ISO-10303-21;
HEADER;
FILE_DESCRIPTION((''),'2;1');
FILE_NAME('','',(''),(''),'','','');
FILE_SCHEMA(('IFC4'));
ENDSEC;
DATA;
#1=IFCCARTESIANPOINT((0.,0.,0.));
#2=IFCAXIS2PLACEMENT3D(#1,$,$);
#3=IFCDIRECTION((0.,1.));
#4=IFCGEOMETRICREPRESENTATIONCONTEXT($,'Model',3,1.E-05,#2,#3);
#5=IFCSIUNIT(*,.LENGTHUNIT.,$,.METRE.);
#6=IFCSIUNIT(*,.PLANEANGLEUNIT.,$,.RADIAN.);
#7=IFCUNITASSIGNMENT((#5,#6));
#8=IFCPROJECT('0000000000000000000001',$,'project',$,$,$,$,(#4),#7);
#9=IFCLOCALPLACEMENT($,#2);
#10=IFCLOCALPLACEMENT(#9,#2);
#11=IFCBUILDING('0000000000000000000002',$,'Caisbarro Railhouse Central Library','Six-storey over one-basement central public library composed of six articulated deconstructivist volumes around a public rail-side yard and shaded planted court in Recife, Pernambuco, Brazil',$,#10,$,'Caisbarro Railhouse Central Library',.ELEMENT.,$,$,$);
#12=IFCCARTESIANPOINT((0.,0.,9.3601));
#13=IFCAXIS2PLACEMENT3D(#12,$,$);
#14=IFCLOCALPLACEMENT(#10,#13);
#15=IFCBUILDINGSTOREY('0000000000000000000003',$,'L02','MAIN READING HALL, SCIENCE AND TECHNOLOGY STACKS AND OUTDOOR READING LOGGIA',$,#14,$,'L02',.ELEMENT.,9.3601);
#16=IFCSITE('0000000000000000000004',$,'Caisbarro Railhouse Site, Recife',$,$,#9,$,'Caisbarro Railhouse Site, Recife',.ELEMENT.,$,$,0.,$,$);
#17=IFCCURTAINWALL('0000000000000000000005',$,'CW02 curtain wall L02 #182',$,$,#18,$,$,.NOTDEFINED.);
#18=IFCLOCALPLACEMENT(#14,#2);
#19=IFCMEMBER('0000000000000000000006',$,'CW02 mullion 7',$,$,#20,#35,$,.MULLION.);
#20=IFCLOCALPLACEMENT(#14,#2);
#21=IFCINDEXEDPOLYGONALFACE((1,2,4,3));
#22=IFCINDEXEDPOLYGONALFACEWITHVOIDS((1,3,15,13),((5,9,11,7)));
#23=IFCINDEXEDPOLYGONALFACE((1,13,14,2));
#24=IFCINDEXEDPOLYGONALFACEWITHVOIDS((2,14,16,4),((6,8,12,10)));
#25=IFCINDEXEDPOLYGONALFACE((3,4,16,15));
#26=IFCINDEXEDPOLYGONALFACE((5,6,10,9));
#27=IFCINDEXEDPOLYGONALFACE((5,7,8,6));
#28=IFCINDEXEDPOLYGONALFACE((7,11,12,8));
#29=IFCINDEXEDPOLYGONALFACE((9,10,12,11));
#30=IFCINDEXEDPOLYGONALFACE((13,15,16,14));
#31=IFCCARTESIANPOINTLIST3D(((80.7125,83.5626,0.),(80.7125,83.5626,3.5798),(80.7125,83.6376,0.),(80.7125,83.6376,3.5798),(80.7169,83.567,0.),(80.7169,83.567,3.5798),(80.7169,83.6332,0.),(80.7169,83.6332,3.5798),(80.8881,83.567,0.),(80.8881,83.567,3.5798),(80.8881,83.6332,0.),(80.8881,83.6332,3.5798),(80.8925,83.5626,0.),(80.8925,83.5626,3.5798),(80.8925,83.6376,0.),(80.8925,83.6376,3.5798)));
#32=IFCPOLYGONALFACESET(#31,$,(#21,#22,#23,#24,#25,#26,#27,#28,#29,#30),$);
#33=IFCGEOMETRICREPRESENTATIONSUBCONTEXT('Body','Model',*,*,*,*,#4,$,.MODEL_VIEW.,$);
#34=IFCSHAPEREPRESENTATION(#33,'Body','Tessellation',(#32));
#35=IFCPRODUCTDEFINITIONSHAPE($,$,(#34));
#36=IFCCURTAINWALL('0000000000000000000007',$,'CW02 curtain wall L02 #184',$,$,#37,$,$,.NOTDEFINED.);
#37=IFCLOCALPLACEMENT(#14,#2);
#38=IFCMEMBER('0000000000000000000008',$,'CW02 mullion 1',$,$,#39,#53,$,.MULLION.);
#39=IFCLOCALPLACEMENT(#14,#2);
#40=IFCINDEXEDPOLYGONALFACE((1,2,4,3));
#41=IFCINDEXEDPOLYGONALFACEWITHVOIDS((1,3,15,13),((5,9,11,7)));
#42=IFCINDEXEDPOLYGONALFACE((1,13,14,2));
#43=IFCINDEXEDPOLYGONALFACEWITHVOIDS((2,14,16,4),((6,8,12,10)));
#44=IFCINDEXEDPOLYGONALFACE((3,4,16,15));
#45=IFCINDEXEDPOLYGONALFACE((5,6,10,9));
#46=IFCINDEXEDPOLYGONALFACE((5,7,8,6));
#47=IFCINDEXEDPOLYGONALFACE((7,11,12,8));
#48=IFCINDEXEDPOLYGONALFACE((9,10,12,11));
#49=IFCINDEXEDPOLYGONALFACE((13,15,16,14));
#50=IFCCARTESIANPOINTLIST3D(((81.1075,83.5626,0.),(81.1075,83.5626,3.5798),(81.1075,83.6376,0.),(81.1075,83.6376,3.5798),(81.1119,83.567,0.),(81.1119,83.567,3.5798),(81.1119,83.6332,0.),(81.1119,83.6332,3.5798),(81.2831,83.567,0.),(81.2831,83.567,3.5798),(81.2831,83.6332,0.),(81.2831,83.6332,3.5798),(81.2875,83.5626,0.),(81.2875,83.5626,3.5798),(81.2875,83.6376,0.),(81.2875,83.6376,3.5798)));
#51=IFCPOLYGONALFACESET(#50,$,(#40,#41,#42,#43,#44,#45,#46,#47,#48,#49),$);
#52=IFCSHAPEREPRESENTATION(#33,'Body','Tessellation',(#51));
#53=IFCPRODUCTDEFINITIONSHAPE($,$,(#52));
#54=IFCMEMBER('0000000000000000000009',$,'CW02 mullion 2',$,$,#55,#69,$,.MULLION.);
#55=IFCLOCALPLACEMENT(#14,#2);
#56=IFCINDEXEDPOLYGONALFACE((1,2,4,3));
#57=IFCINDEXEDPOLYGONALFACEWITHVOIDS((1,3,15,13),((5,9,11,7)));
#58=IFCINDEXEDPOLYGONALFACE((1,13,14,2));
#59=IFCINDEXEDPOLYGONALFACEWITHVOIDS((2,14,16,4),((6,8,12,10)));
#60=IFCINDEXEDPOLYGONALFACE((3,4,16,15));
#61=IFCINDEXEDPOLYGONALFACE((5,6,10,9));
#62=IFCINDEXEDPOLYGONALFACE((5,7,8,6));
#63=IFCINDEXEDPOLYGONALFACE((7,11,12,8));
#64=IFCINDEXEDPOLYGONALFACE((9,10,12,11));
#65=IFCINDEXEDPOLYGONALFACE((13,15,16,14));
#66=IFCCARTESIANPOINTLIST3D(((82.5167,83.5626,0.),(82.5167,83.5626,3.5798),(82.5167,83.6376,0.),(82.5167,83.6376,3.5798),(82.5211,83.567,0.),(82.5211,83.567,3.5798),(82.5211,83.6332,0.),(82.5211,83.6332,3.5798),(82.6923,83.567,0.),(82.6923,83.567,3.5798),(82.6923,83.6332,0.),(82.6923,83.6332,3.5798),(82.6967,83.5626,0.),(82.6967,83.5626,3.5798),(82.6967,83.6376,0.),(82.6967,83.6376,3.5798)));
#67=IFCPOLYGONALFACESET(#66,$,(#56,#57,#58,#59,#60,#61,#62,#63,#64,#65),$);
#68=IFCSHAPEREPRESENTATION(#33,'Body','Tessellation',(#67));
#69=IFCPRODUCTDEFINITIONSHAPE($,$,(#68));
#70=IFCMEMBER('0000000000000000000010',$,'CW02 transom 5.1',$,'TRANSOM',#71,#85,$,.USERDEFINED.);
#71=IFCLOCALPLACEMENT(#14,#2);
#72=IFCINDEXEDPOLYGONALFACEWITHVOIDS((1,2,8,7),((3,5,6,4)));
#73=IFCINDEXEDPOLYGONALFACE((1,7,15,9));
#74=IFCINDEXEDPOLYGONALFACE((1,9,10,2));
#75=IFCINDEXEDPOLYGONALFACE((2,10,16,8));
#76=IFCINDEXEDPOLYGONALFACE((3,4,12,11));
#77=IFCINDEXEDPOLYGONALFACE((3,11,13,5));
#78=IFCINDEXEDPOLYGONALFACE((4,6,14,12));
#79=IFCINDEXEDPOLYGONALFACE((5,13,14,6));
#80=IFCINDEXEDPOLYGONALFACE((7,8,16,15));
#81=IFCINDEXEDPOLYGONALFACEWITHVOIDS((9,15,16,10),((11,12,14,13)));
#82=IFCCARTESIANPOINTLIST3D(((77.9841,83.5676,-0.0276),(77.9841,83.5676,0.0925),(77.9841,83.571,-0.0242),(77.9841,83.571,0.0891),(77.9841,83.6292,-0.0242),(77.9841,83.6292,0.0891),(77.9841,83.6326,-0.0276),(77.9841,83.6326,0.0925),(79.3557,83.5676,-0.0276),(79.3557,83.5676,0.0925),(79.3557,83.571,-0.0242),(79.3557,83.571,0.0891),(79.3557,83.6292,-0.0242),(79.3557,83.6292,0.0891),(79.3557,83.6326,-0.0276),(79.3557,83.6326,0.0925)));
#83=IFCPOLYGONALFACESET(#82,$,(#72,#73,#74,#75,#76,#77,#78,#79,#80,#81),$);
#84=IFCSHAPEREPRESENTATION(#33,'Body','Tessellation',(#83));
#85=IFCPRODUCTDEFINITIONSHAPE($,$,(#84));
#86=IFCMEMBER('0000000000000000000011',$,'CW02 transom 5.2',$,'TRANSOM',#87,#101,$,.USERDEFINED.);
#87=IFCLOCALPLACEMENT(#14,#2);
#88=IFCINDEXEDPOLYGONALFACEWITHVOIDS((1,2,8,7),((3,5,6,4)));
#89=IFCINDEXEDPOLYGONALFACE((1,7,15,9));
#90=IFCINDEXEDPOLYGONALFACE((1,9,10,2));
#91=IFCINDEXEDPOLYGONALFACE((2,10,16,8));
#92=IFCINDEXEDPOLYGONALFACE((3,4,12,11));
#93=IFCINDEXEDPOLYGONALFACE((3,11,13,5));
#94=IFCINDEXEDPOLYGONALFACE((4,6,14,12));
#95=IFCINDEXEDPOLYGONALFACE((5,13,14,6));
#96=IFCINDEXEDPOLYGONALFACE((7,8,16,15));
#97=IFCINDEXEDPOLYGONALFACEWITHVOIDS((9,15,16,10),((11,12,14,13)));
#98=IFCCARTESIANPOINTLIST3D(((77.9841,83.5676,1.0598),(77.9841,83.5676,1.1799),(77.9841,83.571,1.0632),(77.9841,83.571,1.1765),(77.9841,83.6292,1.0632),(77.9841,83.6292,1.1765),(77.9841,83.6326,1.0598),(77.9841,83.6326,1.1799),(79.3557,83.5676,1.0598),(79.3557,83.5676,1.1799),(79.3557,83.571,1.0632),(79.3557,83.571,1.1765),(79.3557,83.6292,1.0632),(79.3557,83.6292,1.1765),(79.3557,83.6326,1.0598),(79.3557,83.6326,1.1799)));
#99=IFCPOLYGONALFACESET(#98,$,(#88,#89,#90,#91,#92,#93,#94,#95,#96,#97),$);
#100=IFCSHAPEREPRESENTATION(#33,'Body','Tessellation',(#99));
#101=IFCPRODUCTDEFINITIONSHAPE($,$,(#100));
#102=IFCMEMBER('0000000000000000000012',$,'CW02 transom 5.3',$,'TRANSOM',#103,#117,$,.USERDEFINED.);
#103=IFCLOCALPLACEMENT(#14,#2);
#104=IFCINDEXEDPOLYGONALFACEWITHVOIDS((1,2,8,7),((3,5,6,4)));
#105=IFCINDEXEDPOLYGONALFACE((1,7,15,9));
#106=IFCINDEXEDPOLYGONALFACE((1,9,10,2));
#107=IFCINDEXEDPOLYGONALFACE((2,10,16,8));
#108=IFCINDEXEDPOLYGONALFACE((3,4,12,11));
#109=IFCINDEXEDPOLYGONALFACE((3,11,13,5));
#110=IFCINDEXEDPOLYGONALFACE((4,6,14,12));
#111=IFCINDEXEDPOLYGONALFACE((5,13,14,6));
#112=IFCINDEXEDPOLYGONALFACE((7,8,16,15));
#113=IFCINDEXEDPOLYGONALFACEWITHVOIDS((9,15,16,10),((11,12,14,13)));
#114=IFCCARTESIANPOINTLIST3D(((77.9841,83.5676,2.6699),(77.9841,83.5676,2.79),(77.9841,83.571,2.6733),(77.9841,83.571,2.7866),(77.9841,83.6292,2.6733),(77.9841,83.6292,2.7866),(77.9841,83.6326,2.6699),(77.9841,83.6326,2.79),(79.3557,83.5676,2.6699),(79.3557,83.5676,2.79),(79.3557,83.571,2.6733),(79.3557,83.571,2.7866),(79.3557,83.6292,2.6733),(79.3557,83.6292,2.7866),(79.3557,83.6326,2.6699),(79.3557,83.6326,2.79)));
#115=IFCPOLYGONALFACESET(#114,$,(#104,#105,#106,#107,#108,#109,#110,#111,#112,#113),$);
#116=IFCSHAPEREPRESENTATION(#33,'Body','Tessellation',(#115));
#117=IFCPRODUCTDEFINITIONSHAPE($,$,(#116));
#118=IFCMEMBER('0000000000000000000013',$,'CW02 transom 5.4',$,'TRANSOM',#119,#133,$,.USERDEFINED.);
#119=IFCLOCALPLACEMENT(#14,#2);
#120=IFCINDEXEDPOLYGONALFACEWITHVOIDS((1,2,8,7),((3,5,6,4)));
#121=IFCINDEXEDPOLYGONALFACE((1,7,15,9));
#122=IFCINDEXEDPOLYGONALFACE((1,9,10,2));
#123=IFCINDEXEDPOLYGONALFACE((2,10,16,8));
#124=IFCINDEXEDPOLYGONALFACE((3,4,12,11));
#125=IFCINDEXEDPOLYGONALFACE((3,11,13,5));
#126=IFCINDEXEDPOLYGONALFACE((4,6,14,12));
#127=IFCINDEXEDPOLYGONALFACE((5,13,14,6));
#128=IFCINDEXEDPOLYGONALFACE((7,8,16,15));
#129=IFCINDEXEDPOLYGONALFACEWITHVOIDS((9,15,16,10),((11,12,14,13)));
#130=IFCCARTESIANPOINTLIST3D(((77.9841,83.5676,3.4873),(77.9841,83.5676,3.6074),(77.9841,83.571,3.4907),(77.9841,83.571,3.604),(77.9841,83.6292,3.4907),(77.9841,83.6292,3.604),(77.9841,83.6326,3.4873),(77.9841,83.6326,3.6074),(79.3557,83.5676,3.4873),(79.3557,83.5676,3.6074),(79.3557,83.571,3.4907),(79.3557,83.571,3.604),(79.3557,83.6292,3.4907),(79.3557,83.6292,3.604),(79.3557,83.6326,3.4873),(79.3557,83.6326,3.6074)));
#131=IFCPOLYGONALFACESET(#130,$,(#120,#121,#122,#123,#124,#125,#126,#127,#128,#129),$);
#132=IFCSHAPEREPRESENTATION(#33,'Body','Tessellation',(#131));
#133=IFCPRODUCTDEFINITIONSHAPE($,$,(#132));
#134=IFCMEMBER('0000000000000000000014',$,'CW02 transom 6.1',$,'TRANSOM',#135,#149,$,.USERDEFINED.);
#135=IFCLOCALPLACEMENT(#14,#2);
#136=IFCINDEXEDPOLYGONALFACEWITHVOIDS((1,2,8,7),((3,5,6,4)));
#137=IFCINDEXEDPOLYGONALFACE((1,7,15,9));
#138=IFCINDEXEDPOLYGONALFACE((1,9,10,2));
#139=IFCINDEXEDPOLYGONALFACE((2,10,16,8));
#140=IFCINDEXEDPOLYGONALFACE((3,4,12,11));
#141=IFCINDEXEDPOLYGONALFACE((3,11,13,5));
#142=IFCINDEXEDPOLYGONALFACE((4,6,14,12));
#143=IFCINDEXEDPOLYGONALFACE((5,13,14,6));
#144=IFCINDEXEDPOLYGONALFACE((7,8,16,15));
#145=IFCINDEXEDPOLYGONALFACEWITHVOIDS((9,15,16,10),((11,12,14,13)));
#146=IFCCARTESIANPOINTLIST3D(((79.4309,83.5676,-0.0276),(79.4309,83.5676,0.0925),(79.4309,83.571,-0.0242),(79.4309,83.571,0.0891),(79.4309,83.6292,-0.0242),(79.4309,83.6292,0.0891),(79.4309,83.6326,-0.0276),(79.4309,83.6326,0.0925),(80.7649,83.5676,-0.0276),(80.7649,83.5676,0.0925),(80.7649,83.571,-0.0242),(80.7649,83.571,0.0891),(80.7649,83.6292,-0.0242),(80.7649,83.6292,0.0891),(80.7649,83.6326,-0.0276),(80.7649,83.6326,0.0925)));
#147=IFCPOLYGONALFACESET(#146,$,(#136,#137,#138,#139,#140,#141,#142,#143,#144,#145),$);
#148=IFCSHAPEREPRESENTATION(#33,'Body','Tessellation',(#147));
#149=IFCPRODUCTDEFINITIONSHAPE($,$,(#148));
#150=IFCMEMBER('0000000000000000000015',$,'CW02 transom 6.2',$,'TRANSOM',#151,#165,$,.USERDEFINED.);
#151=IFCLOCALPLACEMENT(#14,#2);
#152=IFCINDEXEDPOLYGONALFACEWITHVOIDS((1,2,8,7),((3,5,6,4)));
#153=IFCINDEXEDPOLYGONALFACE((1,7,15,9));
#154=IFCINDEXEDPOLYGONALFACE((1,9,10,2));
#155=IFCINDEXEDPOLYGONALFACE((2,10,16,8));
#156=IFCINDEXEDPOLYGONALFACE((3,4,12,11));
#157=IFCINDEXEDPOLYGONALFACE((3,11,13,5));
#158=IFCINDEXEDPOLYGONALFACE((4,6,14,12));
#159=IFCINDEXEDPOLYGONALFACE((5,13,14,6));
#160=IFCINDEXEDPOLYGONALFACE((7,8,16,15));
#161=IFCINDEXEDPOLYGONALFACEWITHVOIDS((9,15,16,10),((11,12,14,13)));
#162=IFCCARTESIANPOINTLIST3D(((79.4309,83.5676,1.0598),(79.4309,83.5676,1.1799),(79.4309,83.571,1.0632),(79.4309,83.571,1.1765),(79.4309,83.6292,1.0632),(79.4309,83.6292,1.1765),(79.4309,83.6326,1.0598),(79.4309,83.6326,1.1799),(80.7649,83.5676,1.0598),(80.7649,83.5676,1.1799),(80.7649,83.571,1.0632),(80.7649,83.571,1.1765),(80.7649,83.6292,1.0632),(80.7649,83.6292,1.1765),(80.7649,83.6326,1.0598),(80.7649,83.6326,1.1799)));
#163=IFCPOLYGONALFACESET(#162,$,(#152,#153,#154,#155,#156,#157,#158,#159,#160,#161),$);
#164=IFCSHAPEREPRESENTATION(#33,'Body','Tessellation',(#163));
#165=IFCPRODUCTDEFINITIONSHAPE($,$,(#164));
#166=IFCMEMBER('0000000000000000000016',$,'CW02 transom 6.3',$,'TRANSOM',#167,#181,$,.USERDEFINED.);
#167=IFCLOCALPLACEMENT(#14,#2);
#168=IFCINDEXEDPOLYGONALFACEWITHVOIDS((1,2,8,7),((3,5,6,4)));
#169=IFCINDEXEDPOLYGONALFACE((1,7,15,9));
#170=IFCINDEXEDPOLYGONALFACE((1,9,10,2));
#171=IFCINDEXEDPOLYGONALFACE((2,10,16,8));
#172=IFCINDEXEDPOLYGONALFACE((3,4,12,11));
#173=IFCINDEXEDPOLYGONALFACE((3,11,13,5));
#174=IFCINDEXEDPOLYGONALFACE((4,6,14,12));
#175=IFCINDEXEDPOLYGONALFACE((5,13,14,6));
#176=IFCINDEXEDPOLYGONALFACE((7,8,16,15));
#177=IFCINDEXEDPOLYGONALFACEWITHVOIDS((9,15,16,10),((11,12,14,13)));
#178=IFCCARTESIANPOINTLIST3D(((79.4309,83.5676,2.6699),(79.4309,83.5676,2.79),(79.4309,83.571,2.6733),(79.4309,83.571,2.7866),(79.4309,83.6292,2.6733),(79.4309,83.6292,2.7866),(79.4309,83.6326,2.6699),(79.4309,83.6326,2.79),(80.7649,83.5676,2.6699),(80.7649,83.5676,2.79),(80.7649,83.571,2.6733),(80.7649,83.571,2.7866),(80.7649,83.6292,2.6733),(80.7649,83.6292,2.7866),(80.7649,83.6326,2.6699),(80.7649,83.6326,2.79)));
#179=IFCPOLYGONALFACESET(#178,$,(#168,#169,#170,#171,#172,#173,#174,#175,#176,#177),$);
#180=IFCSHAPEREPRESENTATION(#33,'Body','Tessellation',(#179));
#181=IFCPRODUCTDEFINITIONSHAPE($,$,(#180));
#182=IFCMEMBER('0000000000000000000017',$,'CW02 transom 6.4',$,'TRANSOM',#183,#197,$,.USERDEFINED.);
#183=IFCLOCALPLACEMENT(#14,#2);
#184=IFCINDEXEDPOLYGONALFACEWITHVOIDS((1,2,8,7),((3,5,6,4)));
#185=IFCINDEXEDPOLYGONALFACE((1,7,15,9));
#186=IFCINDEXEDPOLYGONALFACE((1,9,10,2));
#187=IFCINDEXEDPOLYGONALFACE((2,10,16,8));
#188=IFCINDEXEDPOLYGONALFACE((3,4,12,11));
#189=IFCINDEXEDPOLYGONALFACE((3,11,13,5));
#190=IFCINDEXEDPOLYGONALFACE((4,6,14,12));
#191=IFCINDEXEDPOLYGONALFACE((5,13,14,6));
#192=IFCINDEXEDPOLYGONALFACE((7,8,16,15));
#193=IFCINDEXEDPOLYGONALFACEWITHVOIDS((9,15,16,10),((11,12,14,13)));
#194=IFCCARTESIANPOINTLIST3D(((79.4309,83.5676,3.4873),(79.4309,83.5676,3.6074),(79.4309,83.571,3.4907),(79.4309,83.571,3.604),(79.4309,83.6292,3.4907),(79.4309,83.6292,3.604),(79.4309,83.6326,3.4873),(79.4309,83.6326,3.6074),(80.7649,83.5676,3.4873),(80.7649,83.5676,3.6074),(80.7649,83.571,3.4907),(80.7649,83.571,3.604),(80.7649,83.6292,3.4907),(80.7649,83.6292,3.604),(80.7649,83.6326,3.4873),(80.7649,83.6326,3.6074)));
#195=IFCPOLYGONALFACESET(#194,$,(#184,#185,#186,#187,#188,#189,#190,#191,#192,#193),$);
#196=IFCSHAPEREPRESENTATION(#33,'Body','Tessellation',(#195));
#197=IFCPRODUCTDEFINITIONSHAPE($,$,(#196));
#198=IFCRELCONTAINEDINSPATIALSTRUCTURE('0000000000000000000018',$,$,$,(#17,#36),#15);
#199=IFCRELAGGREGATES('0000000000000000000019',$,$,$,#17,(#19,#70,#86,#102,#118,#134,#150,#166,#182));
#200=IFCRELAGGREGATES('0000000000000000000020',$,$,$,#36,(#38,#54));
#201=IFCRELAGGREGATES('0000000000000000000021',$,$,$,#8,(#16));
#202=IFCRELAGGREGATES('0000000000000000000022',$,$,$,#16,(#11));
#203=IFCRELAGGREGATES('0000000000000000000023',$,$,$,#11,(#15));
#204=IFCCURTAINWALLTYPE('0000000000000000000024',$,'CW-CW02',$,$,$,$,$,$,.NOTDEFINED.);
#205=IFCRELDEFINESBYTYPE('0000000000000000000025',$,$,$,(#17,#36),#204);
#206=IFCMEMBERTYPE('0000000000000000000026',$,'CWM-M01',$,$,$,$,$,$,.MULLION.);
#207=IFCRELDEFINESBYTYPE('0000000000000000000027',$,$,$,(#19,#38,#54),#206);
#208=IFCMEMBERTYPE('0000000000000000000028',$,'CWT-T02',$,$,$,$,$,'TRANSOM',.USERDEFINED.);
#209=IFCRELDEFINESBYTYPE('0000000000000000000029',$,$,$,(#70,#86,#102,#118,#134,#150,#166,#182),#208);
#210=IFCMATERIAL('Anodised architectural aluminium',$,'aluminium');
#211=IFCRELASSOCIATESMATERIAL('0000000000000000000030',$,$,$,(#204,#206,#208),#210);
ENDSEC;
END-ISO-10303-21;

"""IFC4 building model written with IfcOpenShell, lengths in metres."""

from ifc_helpers import new_model, si_unit, direction, frame, origin, origin_2d, place, context, subcontext, project, spatial, hollow_rectangle, extrude, material, material_profile, profile_set, type_object, element, aggregate, save


model = new_model("IFC4")

# Units and contexts
model_context = context("Model", 3, precision=1e-05, world=origin(), true_north=direction((0.0, 1.0)))
body_context = subcontext(model_context, "Body", "Model", "MODEL_VIEW")
ifc_project = project(units=[si_unit("LENGTHUNIT", "METRE"), si_unit("PLANEANGLEUNIT", "RADIAN")], contexts=[model_context])

# Site, building, storey
site_placement = place(None, origin())
site = spatial("IfcSite", under=ifc_project, at=site_placement, Name="Caisbarro Railhouse Site, Recife", LongName="Caisbarro Railhouse Site, Recife", CompositionType="ELEMENT", RefElevation=0.0)
building_placement = place(site_placement, origin())
building = spatial("IfcBuilding", under=site, at=building_placement, Name="Caisbarro Railhouse Central Library", Description="Six-storey over one-basement central public library composed of six articulated deconstructivist volumes around a public rail-side yard and shaded planted court in Recife, Pernambuco, Brazil", LongName="Caisbarro Railhouse Central Library", CompositionType="ELEMENT")
storey_placement = place(building_placement, frame((0.0, 0.0, 9.3601)))
storey = spatial("IfcBuildingStorey", under=building, at=storey_placement, Name="L02", Description="MAIN READING HALL, SCIENCE AND TECHNOLOGY STACKS AND OUTDOOR READING LOGGIA", LongName="L02", CompositionType="ELEMENT", Elevation=9.3601)

# Curtain walls, members
ifc_material_1 = material(Name="Anodised architectural aluminium", Category="aluminium")
curtain_wall_type = type_object("IfcCurtainWallType", Name="CW-CW02", PredefinedType="NOTDEFINED", material=ifc_material_1)
curtain_wall_1_placement = place(storey_placement, origin())
curtain_wall_1 = element("IfcCurtainWall", 1, at=curtain_wall_1_placement, inside=storey, type_object=curtain_wall_type, Name="CW02 curtain wall L02 #182", PredefinedType="NOTDEFINED")
ifc_material_profile_1 = material_profile(ifc_material_1, hollow_rectangle(XDim=0.075, YDim=0.1799, WallThickness=0.0044, at=origin_2d()), Name="ALU-MUL-75X180")
ifc_profile_set_1 = profile_set([ifc_material_profile_1], Name="Anodised architectural aluminium")
member_type_1 = type_object("IfcMemberType", Name="CWM-M01", PredefinedType="MULLION", material=ifc_profile_set_1)
member_1_placement = place(storey_placement, frame((80.8025, 83.6001, 0.0), z_axis=(0.0, 0.0, 1.0), x_axis=(0.0, 1.0, 0.0)))
member_1 = element("IfcMember", 2, at=member_1_placement, type_object=member_type_1, Name="CW02 mullion 7", PredefinedType="MULLION", context=body_context, shape_type="SweptSolid", body=[
    extrude(hollow_rectangle(XDim=0.075, YDim=0.1799, WallThickness=0.0044, at=origin_2d()), origin(), (0.0, 0.0, 1.0), 3.5798),
])
curtain_wall_2_placement = place(storey_placement, origin())
curtain_wall_2 = element("IfcCurtainWall", 3, at=curtain_wall_2_placement, inside=storey, type_object=curtain_wall_type, Name="CW02 curtain wall L02 #184", PredefinedType="NOTDEFINED")
member_2_placement = place(storey_placement, frame((81.1975, 83.6001, 0.0), z_axis=(0.0, 0.0, 1.0), x_axis=(0.0, 1.0, 0.0)))
member_2 = element("IfcMember", 4, at=member_2_placement, type_object=member_type_1, Name="CW02 mullion 1", PredefinedType="MULLION", context=body_context, shape_type="SweptSolid", body=[
    extrude(hollow_rectangle(XDim=0.075, YDim=0.1799, WallThickness=0.0044, at=origin_2d()), origin(), (0.0, 0.0, 1.0), 3.5798),
])
member_3_placement = place(storey_placement, frame((82.6067, 83.6001, 0.0), z_axis=(0.0, 0.0, 1.0), x_axis=(0.0, 1.0, 0.0)))
member_3 = element("IfcMember", 5, at=member_3_placement, type_object=member_type_1, Name="CW02 mullion 2", PredefinedType="MULLION", context=body_context, shape_type="SweptSolid", body=[
    extrude(hollow_rectangle(XDim=0.075, YDim=0.1799, WallThickness=0.0044, at=origin_2d()), origin(), (0.0, 0.0, 1.0), 3.5798),
])

# Members
ifc_material_profile_2 = material_profile(ifc_material_1, hollow_rectangle(XDim=0.0649, YDim=0.1201, WallThickness=0.0034, at=origin_2d()), Name="ALU-TRN-65X120")
ifc_profile_set_2 = profile_set([ifc_material_profile_2], Name="Anodised architectural aluminium")
member_type_2 = type_object("IfcMemberType", Name="CWT-T02", ElementType="TRANSOM", PredefinedType="USERDEFINED", material=ifc_profile_set_2)
member_4_placement = place(storey_placement, frame((77.9841, 83.6001, 0.0325), z_axis=(1.0, 0.0, 0.0), x_axis=(0.0, 1.0, 0.0)))
member_4 = element("IfcMember", 6, at=member_4_placement, type_object=member_type_2, Name="CW02 transom 5.1", ObjectType="TRANSOM", PredefinedType="USERDEFINED", context=body_context, shape_type="SweptSolid", body=[
    extrude(hollow_rectangle(XDim=0.0649, YDim=0.1201, WallThickness=0.0034, at=origin_2d()), origin(), (0.0, 0.0, 1.0), 1.3716),
])
member_5_placement = place(storey_placement, frame((77.9841, 83.6001, 1.1199), z_axis=(1.0, 0.0, 0.0), x_axis=(0.0, 1.0, 0.0)))
member_5 = element("IfcMember", 7, at=member_5_placement, type_object=member_type_2, Name="CW02 transom 5.2", ObjectType="TRANSOM", PredefinedType="USERDEFINED", context=body_context, shape_type="SweptSolid", body=[
    extrude(hollow_rectangle(XDim=0.0649, YDim=0.1201, WallThickness=0.0034, at=origin_2d()), origin(), (0.0, 0.0, 1.0), 1.3716),
])
member_6_placement = place(storey_placement, frame((77.9841, 83.6001, 2.73), z_axis=(1.0, 0.0, 0.0), x_axis=(0.0, 1.0, 0.0)))
member_6 = element("IfcMember", 8, at=member_6_placement, type_object=member_type_2, Name="CW02 transom 5.3", ObjectType="TRANSOM", PredefinedType="USERDEFINED", context=body_context, shape_type="SweptSolid", body=[
    extrude(hollow_rectangle(XDim=0.0649, YDim=0.1201, WallThickness=0.0034, at=origin_2d()), origin(), (0.0, 0.0, 1.0), 1.3716),
])
member_7_placement = place(storey_placement, frame((77.9841, 83.6001, 3.5474), z_axis=(1.0, 0.0, 0.0), x_axis=(0.0, 1.0, 0.0)))
member_7 = element("IfcMember", 9, at=member_7_placement, type_object=member_type_2, Name="CW02 transom 5.4", ObjectType="TRANSOM", PredefinedType="USERDEFINED", context=body_context, shape_type="SweptSolid", body=[
    extrude(hollow_rectangle(XDim=0.0649, YDim=0.1201, WallThickness=0.0034, at=origin_2d()), origin(), (0.0, 0.0, 1.0), 1.3716),
])
member_8_placement = place(storey_placement, frame((79.4309, 83.6001, 0.0325), z_axis=(1.0, 0.0, 0.0), x_axis=(0.0, 1.0, 0.0)))
member_8 = element("IfcMember", 10, at=member_8_placement, type_object=member_type_2, Name="CW02 transom 6.1", ObjectType="TRANSOM", PredefinedType="USERDEFINED", context=body_context, shape_type="SweptSolid", body=[
    extrude(hollow_rectangle(XDim=0.0649, YDim=0.1201, WallThickness=0.0034, at=origin_2d()), origin(), (0.0, 0.0, 1.0), 1.334),
])
member_9_placement = place(storey_placement, frame((79.4309, 83.6001, 1.1199), z_axis=(1.0, 0.0, 0.0), x_axis=(0.0, 1.0, 0.0)))
member_9 = element("IfcMember", 11, at=member_9_placement, type_object=member_type_2, Name="CW02 transom 6.2", ObjectType="TRANSOM", PredefinedType="USERDEFINED", context=body_context, shape_type="SweptSolid", body=[
    extrude(hollow_rectangle(XDim=0.0649, YDim=0.1201, WallThickness=0.0034, at=origin_2d()), origin(), (0.0, 0.0, 1.0), 1.334),
])
member_10_placement = place(storey_placement, frame((79.4309, 83.6001, 2.73), z_axis=(1.0, 0.0, 0.0), x_axis=(0.0, 1.0, 0.0)))
member_10 = element("IfcMember", 12, at=member_10_placement, type_object=member_type_2, Name="CW02 transom 6.3", ObjectType="TRANSOM", PredefinedType="USERDEFINED", context=body_context, shape_type="SweptSolid", body=[
    extrude(hollow_rectangle(XDim=0.0649, YDim=0.1201, WallThickness=0.0034, at=origin_2d()), origin(), (0.0, 0.0, 1.0), 1.334),
])
member_11_placement = place(storey_placement, frame((79.4309, 83.6001, 3.5474), z_axis=(1.0, 0.0, 0.0), x_axis=(0.0, 1.0, 0.0)))
member_11 = element("IfcMember", 13, at=member_11_placement, type_object=member_type_2, Name="CW02 transom 6.4", ObjectType="TRANSOM", PredefinedType="USERDEFINED", context=body_context, shape_type="SweptSolid", body=[
    extrude(hollow_rectangle(XDim=0.0649, YDim=0.1201, WallThickness=0.0034, at=origin_2d()), origin(), (0.0, 0.0, 1.0), 1.334),
])

aggregate(curtain_wall_1, [member_1, member_4, member_5, member_6, member_7, member_8, member_9, member_10, member_11])
aggregate(curtain_wall_2, [member_2, member_3])

save(model, "model.ifc")
